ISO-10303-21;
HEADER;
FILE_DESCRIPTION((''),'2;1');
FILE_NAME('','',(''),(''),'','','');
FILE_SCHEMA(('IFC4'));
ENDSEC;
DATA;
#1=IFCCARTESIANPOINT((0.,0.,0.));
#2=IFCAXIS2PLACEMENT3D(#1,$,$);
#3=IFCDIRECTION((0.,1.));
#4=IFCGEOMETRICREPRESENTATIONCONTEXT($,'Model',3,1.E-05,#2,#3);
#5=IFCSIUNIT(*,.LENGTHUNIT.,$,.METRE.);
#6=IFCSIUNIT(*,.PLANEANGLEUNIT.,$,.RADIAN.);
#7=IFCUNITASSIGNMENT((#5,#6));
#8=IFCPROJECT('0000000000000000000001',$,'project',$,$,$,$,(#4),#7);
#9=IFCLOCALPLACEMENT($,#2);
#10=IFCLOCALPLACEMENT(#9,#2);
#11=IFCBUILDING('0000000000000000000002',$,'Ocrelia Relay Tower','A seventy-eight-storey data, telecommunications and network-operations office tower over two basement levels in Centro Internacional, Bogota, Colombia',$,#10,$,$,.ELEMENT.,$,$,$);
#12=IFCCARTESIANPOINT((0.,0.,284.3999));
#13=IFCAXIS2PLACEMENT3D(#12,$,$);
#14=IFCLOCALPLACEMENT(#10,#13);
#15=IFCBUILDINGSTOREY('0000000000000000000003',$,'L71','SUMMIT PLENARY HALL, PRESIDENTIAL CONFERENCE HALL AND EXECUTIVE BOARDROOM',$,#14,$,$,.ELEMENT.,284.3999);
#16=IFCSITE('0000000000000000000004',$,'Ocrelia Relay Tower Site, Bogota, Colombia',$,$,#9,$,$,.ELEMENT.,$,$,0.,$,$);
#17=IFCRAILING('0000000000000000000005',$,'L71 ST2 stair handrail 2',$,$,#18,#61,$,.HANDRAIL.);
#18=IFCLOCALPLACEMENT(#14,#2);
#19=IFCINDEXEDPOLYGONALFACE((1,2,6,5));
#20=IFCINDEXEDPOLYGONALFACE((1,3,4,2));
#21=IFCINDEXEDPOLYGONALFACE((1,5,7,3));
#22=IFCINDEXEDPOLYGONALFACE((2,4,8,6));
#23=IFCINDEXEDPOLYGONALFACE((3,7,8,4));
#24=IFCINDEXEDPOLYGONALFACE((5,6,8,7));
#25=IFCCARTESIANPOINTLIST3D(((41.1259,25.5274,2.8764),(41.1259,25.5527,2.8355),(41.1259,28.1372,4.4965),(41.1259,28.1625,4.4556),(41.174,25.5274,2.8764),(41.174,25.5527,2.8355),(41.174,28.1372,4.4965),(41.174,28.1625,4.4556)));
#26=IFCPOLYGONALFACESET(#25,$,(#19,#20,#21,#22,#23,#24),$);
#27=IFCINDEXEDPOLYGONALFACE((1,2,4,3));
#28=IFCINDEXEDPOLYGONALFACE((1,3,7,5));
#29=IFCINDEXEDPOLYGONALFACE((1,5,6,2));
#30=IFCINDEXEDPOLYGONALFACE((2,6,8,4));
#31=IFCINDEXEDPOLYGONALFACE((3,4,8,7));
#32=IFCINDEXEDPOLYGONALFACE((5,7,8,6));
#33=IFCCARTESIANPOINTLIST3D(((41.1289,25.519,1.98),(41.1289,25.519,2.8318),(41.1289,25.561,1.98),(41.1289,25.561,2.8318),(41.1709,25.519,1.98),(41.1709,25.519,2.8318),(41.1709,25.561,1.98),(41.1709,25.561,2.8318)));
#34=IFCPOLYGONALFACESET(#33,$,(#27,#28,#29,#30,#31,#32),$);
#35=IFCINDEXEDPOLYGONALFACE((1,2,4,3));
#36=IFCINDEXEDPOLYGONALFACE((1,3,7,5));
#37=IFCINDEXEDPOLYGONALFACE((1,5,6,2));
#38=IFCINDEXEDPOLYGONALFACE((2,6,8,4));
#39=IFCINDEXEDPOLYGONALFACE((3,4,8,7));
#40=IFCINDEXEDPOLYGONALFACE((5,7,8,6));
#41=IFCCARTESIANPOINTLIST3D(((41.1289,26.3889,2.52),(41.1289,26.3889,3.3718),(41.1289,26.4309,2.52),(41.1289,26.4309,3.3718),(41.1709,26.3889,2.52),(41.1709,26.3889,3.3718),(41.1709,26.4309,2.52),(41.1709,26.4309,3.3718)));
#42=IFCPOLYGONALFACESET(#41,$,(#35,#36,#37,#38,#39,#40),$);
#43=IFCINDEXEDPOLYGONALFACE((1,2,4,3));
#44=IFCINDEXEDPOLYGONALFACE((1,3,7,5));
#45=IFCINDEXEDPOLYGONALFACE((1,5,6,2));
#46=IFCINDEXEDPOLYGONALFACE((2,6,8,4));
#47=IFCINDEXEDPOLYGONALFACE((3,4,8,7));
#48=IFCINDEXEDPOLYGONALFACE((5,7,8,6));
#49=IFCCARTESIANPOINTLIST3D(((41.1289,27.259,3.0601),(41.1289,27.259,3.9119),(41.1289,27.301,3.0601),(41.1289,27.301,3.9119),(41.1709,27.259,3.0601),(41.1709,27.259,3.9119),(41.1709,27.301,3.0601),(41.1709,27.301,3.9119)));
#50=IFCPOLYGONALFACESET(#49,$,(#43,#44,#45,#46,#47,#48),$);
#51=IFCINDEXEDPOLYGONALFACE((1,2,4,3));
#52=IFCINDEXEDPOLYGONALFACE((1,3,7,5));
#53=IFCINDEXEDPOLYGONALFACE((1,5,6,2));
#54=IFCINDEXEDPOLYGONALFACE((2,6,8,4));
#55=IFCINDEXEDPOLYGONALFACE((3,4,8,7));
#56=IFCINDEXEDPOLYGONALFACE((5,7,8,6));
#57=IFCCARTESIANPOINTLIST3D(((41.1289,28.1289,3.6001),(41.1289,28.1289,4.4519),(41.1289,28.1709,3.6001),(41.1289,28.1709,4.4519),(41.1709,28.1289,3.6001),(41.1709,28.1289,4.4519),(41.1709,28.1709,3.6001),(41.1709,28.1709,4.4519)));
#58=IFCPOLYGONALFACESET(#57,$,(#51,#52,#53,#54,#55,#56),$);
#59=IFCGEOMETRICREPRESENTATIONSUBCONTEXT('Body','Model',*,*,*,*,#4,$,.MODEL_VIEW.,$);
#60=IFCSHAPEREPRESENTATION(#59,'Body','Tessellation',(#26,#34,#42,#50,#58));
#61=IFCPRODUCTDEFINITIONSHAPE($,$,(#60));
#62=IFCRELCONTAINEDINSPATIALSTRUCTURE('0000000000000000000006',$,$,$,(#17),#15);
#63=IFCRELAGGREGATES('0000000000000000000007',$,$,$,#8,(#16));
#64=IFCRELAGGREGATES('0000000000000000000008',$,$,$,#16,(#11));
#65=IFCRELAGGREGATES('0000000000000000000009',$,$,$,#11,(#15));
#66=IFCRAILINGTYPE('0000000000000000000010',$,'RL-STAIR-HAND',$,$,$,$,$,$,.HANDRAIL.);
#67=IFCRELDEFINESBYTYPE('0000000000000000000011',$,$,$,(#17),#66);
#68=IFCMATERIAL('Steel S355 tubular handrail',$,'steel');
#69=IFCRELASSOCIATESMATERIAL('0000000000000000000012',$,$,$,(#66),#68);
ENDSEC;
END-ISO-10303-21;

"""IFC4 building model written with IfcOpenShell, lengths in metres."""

from ifc_helpers import new_model, si_unit, direction, frame, origin, origin_2d, place, context, subcontext, project, spatial, rectangle, extrude, material, type_object, element, save


model = new_model("IFC4")

# Units and contexts
model_context = context("Model", 3, precision=1e-05, world=origin(), true_north=direction((0.0, 1.0)))
body_context = subcontext(model_context, "Body", "Model", "MODEL_VIEW")
ifc_project = project(units=[si_unit("LENGTHUNIT", "METRE"), si_unit("PLANEANGLEUNIT", "RADIAN")], contexts=[model_context])

# Site, building, storey
site_placement = place(None, origin())
site = spatial("IfcSite", under=ifc_project, at=site_placement, Name="Ocrelia Relay Tower Site, Bogota, Colombia", CompositionType="ELEMENT", RefElevation=0.0)
building_placement = place(site_placement, origin())
building = spatial("IfcBuilding", under=site, at=building_placement, Name="Ocrelia Relay Tower", Description="A seventy-eight-storey data, telecommunications and network-operations office tower over two basement levels in Centro Internacional, Bogota, Colombia", CompositionType="ELEMENT")
storey_placement = place(building_placement, frame((0.0, 0.0, 284.3999)))
storey = spatial("IfcBuildingStorey", under=building, at=storey_placement, Name="L71", Description="SUMMIT PLENARY HALL, PRESIDENTIAL CONFERENCE HALL AND EXECUTIVE BOARDROOM", CompositionType="ELEMENT", Elevation=284.3999)

# Railing
ifc_material_1 = material(Name="Steel S355 tubular handrail", Category="steel")
railing_type_1 = type_object("IfcRailingType", Name="RL-STAIR-HAND", PredefinedType="HANDRAIL", material=ifc_material_1)
railing_1_placement = place(storey_placement, frame((41.1499, 25.54, 1.98)))
element("IfcRailing", 1, at=railing_1_placement, inside=storey, type_object=railing_type_1, Name="L71 ST2 stair handrail 2", PredefinedType="HANDRAIL", context=body_context, shape_type="SweptSolid", body=[
    extrude(rectangle(XDim=0.0481, YDim=0.0481, at=origin_2d()), frame((0.0, 0.0, 0.876), z_axis=(0.0, 0.849611, 0.52741), x_axis=(-1.0, 0.0, 0.0)), (0.0, 0.0, 1.0), 3.0718),
    extrude(rectangle(XDim=0.042, YDim=0.042, at=origin_2d()), origin(), (0.0, 0.0, 1.0), 0.8518),
    extrude(rectangle(XDim=0.042, YDim=0.042, at=origin_2d()), frame((0.0, 0.8699, 0.54)), (0.0, 0.0, 1.0), 0.8518),
    extrude(rectangle(XDim=0.042, YDim=0.042, at=origin_2d()), frame((0.0, 1.74, 1.0801)), (0.0, 0.0, 1.0), 0.8518),
    extrude(rectangle(XDim=0.042, YDim=0.042, at=origin_2d()), frame((0.0, 2.6099, 1.6201)), (0.0, 0.0, 1.0), 0.8518),
])

save(model, "model.ifc")
